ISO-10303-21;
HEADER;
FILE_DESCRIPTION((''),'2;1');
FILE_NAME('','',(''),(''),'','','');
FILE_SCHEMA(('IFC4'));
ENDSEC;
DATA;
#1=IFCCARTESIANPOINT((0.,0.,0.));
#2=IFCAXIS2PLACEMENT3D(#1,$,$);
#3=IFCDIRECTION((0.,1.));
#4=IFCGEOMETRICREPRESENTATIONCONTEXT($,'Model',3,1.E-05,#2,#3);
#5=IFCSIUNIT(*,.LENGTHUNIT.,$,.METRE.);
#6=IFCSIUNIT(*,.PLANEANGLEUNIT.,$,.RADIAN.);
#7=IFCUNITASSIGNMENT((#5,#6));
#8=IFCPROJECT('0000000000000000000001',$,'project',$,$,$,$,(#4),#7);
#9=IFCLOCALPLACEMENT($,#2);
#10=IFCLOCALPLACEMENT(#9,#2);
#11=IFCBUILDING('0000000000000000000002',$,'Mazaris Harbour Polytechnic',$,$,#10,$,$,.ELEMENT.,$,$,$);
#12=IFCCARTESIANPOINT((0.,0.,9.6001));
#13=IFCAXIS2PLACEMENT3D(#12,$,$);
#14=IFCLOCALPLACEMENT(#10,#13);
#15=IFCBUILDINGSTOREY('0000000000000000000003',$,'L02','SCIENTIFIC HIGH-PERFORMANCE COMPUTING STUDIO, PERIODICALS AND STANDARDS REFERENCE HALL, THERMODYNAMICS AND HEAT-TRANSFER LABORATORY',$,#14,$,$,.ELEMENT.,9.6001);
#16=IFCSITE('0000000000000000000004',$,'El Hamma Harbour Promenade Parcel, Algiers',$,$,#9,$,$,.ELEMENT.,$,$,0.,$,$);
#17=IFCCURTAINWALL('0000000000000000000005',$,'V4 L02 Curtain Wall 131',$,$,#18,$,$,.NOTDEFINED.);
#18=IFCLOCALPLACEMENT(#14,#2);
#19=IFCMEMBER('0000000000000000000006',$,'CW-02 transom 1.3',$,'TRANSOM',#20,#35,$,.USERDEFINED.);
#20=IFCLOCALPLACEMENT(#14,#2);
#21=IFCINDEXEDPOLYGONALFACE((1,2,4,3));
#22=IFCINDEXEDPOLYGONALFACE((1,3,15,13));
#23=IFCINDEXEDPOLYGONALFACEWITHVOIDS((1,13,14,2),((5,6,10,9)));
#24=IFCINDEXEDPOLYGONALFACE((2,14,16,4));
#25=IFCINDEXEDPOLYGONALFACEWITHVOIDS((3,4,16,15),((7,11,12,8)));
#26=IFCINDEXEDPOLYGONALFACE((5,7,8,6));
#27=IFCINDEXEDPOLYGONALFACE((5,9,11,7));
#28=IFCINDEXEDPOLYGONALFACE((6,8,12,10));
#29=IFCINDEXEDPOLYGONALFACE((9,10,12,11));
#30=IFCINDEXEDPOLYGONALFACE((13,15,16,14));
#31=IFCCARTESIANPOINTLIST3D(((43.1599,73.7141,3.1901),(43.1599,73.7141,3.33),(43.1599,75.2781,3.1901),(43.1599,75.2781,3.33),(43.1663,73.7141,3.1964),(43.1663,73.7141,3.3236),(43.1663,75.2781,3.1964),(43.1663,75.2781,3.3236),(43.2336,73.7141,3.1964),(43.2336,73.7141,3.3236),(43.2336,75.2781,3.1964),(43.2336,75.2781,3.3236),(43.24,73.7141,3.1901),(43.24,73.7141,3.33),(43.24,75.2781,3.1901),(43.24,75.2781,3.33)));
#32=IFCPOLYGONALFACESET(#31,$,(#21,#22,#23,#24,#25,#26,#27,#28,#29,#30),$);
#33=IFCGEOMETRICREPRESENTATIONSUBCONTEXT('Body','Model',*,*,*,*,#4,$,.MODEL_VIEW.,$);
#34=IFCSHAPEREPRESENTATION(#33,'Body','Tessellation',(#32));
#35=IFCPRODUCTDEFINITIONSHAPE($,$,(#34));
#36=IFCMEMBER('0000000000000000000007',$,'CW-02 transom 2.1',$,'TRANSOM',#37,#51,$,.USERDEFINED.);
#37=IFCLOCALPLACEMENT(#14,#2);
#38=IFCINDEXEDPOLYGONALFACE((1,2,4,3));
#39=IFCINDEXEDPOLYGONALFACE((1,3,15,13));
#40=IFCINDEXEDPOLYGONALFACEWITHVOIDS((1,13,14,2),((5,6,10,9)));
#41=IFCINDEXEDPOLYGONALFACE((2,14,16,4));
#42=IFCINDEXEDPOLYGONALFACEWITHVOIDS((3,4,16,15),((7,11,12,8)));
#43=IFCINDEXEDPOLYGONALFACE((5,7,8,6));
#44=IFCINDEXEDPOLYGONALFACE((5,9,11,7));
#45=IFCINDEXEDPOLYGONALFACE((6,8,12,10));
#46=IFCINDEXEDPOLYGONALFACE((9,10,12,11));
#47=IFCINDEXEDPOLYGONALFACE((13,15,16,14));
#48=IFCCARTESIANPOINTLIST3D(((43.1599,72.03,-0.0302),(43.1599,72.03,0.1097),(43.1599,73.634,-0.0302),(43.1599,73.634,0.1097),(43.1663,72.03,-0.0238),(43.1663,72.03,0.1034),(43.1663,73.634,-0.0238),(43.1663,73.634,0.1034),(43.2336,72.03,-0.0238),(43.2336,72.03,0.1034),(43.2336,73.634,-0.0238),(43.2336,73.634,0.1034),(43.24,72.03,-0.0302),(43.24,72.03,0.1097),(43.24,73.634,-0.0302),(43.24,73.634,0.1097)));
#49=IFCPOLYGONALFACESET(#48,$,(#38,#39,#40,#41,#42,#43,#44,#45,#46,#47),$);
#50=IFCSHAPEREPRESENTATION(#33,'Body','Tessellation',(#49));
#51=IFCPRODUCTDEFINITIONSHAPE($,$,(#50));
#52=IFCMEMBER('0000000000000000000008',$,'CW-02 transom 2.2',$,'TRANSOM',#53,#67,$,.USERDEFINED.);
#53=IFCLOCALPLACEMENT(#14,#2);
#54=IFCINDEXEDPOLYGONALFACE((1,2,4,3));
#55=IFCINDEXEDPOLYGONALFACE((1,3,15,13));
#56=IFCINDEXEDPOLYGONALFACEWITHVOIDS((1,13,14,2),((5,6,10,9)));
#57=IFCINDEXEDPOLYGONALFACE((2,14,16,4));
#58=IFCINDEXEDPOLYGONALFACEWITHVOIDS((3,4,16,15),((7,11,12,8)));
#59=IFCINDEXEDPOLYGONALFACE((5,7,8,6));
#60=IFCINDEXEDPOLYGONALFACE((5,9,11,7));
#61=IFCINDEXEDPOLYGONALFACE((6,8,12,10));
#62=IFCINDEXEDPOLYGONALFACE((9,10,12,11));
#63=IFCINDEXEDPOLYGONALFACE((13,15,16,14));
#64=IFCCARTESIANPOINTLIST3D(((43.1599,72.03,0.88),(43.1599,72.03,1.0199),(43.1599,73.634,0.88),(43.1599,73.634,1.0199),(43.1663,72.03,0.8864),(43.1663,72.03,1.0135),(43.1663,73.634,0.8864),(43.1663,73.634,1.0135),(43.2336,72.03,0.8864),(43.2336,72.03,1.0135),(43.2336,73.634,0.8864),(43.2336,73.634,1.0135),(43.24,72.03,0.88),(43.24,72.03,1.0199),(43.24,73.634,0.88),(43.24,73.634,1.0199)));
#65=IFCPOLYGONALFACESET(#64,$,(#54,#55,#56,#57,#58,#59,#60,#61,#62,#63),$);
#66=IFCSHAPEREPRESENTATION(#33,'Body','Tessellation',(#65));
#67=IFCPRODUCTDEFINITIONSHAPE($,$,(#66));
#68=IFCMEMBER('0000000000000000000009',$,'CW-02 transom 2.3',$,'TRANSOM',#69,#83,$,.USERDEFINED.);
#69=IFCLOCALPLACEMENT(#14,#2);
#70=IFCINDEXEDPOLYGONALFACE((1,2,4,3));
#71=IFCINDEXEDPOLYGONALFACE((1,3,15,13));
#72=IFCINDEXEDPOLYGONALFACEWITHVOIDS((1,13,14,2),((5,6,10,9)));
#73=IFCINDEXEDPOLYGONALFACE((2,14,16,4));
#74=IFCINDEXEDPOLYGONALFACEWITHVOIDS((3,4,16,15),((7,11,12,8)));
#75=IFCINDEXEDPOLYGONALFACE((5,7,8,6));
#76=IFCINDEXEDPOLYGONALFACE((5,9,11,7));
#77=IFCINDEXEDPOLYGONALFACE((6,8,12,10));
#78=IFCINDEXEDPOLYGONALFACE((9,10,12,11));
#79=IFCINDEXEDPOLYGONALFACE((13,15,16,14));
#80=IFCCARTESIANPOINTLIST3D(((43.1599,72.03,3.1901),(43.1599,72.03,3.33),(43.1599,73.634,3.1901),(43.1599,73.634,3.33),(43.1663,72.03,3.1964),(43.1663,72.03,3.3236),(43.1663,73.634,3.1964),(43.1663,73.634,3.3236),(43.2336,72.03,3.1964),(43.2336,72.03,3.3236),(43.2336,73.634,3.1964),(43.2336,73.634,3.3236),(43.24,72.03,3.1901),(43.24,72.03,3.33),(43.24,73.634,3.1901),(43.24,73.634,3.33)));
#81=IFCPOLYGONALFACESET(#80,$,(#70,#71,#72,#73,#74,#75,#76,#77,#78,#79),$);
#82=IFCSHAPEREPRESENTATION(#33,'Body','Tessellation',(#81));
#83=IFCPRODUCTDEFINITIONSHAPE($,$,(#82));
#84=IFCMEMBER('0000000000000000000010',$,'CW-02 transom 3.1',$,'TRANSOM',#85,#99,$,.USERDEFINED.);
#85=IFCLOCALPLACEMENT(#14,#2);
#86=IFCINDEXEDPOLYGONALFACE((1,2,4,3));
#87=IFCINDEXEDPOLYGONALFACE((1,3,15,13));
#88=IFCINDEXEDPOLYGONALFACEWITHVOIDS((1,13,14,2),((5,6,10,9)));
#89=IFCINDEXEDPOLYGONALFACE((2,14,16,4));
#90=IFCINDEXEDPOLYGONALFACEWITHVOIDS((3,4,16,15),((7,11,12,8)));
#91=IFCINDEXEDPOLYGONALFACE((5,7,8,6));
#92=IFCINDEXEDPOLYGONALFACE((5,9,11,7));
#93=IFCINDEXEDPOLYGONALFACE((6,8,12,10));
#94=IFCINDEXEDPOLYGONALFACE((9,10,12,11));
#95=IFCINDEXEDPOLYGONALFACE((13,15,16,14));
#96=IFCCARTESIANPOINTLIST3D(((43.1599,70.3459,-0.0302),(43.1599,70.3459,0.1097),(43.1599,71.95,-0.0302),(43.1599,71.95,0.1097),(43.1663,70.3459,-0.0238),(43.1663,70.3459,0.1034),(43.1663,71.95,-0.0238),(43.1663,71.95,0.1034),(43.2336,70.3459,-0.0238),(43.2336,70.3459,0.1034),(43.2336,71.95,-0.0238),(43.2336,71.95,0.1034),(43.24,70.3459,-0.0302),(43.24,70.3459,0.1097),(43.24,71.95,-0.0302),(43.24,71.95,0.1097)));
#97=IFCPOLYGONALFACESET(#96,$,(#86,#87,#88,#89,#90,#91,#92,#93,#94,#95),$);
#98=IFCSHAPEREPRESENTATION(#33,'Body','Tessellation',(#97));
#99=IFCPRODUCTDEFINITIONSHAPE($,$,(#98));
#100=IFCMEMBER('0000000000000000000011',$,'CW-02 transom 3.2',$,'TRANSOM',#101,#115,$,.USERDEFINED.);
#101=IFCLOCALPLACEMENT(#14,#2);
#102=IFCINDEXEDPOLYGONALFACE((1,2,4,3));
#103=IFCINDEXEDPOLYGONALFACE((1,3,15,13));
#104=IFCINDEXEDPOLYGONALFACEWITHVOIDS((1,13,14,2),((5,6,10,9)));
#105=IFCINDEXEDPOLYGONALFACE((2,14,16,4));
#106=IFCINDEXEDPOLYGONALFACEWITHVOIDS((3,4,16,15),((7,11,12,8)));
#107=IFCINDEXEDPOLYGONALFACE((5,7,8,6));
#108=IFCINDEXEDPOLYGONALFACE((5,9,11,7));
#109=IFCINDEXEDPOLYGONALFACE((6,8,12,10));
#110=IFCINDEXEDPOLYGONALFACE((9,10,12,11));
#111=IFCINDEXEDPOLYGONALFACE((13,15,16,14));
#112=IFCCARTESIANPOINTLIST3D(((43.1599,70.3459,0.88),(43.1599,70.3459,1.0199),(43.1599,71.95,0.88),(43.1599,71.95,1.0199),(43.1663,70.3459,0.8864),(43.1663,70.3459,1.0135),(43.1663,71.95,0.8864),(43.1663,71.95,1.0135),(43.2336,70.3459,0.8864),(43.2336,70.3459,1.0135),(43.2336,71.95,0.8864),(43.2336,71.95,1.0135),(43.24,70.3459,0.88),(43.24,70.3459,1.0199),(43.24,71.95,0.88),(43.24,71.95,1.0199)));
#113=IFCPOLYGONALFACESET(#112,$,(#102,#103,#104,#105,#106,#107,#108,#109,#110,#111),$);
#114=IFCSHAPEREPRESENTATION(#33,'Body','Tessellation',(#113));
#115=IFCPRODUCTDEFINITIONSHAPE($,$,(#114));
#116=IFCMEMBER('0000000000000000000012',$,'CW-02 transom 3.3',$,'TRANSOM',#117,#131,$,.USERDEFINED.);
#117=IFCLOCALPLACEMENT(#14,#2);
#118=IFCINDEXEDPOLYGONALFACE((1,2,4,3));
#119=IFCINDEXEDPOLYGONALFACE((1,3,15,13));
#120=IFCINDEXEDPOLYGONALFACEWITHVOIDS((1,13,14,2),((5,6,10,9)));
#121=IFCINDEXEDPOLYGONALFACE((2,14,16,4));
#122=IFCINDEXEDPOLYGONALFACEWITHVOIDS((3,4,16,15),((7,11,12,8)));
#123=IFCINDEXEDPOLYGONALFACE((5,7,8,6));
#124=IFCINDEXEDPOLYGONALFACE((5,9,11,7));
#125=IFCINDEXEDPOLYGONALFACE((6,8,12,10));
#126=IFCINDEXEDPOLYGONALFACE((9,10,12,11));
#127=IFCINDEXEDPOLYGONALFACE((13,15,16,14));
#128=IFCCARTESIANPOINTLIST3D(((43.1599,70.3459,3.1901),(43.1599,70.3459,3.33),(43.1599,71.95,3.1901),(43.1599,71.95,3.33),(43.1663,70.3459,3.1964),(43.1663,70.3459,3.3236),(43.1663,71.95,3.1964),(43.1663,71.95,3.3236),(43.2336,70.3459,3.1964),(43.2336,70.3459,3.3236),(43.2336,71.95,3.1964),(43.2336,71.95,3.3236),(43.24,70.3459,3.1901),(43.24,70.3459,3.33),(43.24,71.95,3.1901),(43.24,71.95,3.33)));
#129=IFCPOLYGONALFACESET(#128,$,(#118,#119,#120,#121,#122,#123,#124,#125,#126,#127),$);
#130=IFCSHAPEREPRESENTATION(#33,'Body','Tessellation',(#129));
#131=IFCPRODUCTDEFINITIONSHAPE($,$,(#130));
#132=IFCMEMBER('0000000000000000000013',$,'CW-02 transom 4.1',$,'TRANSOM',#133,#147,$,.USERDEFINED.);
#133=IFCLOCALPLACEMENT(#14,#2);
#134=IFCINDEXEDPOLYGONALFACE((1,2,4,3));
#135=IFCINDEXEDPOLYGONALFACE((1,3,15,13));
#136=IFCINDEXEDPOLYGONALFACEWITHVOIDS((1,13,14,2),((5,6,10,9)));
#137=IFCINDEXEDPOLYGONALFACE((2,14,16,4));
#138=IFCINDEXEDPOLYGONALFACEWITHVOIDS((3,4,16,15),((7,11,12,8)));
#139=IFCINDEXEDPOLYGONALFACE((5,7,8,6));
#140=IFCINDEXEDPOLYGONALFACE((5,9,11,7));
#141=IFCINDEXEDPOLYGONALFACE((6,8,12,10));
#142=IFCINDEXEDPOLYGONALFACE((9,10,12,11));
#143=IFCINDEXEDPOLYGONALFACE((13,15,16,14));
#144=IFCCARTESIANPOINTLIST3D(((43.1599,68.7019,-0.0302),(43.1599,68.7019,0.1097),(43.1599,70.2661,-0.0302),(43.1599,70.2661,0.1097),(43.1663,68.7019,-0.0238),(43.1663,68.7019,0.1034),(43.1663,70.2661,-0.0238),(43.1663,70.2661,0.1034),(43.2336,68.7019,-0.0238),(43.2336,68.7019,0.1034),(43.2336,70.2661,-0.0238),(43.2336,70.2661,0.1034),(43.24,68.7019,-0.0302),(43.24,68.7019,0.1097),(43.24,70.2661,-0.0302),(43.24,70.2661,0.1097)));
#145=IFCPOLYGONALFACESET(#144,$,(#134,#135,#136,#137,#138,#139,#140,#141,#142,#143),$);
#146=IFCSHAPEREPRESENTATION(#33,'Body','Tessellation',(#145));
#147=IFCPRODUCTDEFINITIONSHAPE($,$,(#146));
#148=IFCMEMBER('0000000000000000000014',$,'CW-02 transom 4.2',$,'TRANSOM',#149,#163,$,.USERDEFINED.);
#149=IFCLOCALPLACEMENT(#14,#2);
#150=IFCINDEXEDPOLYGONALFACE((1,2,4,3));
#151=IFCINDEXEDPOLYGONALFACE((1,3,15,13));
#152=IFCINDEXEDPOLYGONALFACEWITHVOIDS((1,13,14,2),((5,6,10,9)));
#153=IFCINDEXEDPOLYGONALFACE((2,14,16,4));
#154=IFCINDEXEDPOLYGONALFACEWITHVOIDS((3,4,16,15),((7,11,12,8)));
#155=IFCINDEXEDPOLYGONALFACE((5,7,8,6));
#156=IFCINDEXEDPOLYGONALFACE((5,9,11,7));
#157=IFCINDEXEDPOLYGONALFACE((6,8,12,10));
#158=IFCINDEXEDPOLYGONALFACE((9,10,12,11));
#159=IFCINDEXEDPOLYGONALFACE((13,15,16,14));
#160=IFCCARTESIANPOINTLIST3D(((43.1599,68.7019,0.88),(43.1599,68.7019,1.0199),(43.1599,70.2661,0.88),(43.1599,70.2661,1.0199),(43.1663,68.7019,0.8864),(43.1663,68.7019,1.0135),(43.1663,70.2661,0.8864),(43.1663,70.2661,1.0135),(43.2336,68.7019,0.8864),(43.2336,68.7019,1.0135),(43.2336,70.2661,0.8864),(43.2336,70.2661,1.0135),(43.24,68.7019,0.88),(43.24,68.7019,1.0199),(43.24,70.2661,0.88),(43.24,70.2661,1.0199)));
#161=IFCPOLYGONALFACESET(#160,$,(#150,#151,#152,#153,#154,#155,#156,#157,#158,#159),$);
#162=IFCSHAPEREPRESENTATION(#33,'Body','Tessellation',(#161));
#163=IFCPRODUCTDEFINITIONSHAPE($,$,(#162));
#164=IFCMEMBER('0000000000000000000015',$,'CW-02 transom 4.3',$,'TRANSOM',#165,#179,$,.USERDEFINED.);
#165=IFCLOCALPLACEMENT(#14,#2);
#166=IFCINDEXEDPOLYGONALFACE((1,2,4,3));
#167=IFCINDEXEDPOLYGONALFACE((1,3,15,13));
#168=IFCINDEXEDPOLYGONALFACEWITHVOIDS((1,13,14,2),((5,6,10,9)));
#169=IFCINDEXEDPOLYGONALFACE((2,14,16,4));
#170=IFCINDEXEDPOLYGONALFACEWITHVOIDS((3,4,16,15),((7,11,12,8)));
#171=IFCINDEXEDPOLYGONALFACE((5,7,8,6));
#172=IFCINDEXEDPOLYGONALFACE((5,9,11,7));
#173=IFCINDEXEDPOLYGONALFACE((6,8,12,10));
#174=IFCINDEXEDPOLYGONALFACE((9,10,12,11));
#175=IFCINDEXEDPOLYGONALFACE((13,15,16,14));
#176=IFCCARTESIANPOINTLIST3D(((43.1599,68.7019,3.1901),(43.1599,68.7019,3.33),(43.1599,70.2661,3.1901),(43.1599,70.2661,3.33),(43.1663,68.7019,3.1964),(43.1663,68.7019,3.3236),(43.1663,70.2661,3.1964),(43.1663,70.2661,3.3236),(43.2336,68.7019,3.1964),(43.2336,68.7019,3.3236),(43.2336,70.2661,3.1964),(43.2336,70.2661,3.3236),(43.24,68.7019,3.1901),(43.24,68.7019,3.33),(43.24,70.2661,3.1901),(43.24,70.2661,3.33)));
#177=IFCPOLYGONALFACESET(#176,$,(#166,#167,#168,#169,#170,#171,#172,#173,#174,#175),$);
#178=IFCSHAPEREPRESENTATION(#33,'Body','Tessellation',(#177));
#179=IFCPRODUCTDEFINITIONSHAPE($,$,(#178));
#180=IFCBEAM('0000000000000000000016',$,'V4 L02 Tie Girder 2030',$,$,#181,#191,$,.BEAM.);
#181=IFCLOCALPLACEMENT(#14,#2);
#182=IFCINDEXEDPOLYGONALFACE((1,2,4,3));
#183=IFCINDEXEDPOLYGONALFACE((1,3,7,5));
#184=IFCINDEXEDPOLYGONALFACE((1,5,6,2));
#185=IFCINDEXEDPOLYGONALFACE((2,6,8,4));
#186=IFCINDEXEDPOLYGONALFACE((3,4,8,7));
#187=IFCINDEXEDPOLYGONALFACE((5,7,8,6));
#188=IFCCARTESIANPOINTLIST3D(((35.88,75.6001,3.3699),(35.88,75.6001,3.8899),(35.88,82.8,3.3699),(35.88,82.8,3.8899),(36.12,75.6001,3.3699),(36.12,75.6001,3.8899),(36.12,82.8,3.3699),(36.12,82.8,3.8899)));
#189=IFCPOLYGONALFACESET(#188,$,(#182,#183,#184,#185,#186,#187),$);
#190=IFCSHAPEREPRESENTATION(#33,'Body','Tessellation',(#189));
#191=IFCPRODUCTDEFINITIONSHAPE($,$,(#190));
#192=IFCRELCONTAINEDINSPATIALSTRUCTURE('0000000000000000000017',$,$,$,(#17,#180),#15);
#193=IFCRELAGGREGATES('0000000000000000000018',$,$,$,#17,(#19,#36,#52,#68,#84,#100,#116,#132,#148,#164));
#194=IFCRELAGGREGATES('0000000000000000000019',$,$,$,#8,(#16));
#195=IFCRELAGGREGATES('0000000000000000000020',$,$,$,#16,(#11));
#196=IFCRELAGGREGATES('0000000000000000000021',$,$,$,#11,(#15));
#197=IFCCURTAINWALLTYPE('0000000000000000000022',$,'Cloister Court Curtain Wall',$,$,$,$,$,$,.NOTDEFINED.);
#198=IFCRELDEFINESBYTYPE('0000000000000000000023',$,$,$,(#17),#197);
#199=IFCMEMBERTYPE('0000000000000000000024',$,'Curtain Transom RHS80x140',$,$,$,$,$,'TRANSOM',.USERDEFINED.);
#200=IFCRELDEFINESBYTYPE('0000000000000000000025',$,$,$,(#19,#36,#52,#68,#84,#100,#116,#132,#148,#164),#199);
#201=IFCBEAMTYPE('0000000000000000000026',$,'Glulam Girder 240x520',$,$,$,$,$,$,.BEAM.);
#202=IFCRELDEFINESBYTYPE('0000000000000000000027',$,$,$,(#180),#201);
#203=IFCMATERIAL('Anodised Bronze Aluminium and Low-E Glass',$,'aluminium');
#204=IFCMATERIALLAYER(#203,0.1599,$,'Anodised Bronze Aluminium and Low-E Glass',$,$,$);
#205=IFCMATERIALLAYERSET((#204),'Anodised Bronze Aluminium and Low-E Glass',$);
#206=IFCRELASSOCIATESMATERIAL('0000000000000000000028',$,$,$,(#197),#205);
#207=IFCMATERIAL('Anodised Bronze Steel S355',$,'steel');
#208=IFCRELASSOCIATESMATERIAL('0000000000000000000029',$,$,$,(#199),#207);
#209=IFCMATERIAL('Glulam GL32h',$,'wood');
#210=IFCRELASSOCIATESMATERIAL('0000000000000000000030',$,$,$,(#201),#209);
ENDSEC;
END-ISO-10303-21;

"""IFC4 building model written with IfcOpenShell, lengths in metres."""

from ifc_helpers import new_model, si_unit, direction, frame, origin, origin_2d, place, context, subcontext, project, spatial, rectangle, hollow_rectangle, extrude, material, layer, layer_set, material_profile, profile_set, type_object, element, aggregate, save


model = new_model("IFC4")

# Units and contexts
model_context = context("Model", 3, precision=1e-05, world=origin(), true_north=direction((0.0, 1.0)))
body_context = subcontext(model_context, "Body", "Model", "MODEL_VIEW")
ifc_project = project(units=[si_unit("LENGTHUNIT", "METRE"), si_unit("PLANEANGLEUNIT", "RADIAN")], contexts=[model_context])

# Site, building, storey
site_placement = place(None, origin())
site = spatial("IfcSite", under=ifc_project, at=site_placement, Name="El Hamma Harbour Promenade Parcel, Algiers", CompositionType="ELEMENT", RefElevation=0.0)
building_placement = place(site_placement, origin())
building = spatial("IfcBuilding", under=site, at=building_placement, Name="Mazaris Harbour Polytechnic", CompositionType="ELEMENT")
storey_placement = place(building_placement, frame((0.0, 0.0, 9.6001)))
storey = spatial("IfcBuildingStorey", under=building, at=storey_placement, Name="L02", Description="SCIENTIFIC HIGH-PERFORMANCE COMPUTING STUDIO, PERIODICALS AND STANDARDS REFERENCE HALL, THERMODYNAMICS AND HEAT-TRANSFER LABORATORY", CompositionType="ELEMENT", Elevation=9.6001)

# Curtain wall, members
ifc_material_1 = material(Name="Anodised Bronze Aluminium and Low-E Glass", Category="aluminium")
ifc_layer_1 = layer(ifc_material_1, 0.1599, Name="Anodised Bronze Aluminium and Low-E Glass")
ifc_layer_set_1 = layer_set([ifc_layer_1], Name="Anodised Bronze Aluminium and Low-E Glass")
curtain_wall_type = type_object("IfcCurtainWallType", Name="Cloister Court Curtain Wall", PredefinedType="NOTDEFINED", material=ifc_layer_set_1)
curtain_wall_placement = place(storey_placement, origin())
curtain_wall = element("IfcCurtainWall", 1, at=curtain_wall_placement, inside=storey, type_object=curtain_wall_type, Name="V4 L02 Curtain Wall 131", PredefinedType="NOTDEFINED")
ifc_material_2 = material(Name="Anodised Bronze Steel S355", Category="steel")
ifc_material_profile_1 = material_profile(ifc_material_2, hollow_rectangle(XDim=0.0801, YDim=0.1399, WallThickness=0.0063, at=origin_2d()), Name="RHS 80x140x6.3")
ifc_profile_set_1 = profile_set([ifc_material_profile_1], Name="Anodised Bronze Steel S355")
member_type_1 = type_object("IfcMemberType", Name="Curtain Transom RHS80x140", ElementType="TRANSOM", PredefinedType="USERDEFINED", material=ifc_profile_set_1)
member_1_placement = place(storey_placement, frame((43.2, 75.2781, 3.26), z_axis=(0.0, -1.0, 0.0), x_axis=(1.0, 0.0, 0.0)))
member_1 = element("IfcMember", 2, at=member_1_placement, type_object=member_type_1, Name="CW-02 transom 1.3", ObjectType="TRANSOM", PredefinedType="USERDEFINED", context=body_context, shape_type="SweptSolid", body=[
    extrude(hollow_rectangle(XDim=0.0801, YDim=0.1399, WallThickness=0.0063, at=origin_2d()), origin(), (0.0, 0.0, 1.0), 1.564),
])
member_2_placement = place(storey_placement, frame((43.2, 73.634, 0.0398), z_axis=(0.0, -1.0, 0.0), x_axis=(1.0, 0.0, 0.0)))
member_2 = element("IfcMember", 3, at=member_2_placement, type_object=member_type_1, Name="CW-02 transom 2.1", ObjectType="TRANSOM", PredefinedType="USERDEFINED", context=body_context, shape_type="SweptSolid", body=[
    extrude(hollow_rectangle(XDim=0.0801, YDim=0.1399, WallThickness=0.0063, at=origin_2d()), origin(), (0.0, 0.0, 1.0), 1.604),
])
member_3_placement = place(storey_placement, frame((43.2, 73.634, 0.95), z_axis=(0.0, -1.0, 0.0), x_axis=(1.0, 0.0, 0.0)))
member_3 = element("IfcMember", 4, at=member_3_placement, type_object=member_type_1, Name="CW-02 transom 2.2", ObjectType="TRANSOM", PredefinedType="USERDEFINED", context=body_context, shape_type="SweptSolid", body=[
    extrude(hollow_rectangle(XDim=0.0801, YDim=0.1399, WallThickness=0.0063, at=origin_2d()), origin(), (0.0, 0.0, 1.0), 1.604),
])
member_4_placement = place(storey_placement, frame((43.2, 73.634, 3.26), z_axis=(0.0, -1.0, 0.0), x_axis=(1.0, 0.0, 0.0)))
member_4 = element("IfcMember", 5, at=member_4_placement, type_object=member_type_1, Name="CW-02 transom 2.3", ObjectType="TRANSOM", PredefinedType="USERDEFINED", context=body_context, shape_type="SweptSolid", body=[
    extrude(hollow_rectangle(XDim=0.0801, YDim=0.1399, WallThickness=0.0063, at=origin_2d()), origin(), (0.0, 0.0, 1.0), 1.604),
])
member_5_placement = place(storey_placement, frame((43.2, 71.95, 0.0398), z_axis=(0.0, -1.0, 0.0), x_axis=(1.0, 0.0, 0.0)))
member_5 = element("IfcMember", 6, at=member_5_placement, type_object=member_type_1, Name="CW-02 transom 3.1", ObjectType="TRANSOM", PredefinedType="USERDEFINED", context=body_context, shape_type="SweptSolid", body=[
    extrude(hollow_rectangle(XDim=0.0801, YDim=0.1399, WallThickness=0.0063, at=origin_2d()), origin(), (0.0, 0.0, 1.0), 1.604),
])
member_6_placement = place(storey_placement, frame((43.2, 71.95, 0.95), z_axis=(0.0, -1.0, 0.0), x_axis=(1.0, 0.0, 0.0)))
member_6 = element("IfcMember", 7, at=member_6_placement, type_object=member_type_1, Name="CW-02 transom 3.2", ObjectType="TRANSOM", PredefinedType="USERDEFINED", context=body_context, shape_type="SweptSolid", body=[
    extrude(hollow_rectangle(XDim=0.0801, YDim=0.1399, WallThickness=0.0063, at=origin_2d()), origin(), (0.0, 0.0, 1.0), 1.604),
])
member_7_placement = place(storey_placement, frame((43.2, 71.95, 3.26), z_axis=(0.0, -1.0, 0.0), x_axis=(1.0, 0.0, 0.0)))
member_7 = element("IfcMember", 8, at=member_7_placement, type_object=member_type_1, Name="CW-02 transom 3.3", ObjectType="TRANSOM", PredefinedType="USERDEFINED", context=body_context, shape_type="SweptSolid", body=[
    extrude(hollow_rectangle(XDim=0.0801, YDim=0.1399, WallThickness=0.0063, at=origin_2d()), origin(), (0.0, 0.0, 1.0), 1.604),
])
member_8_placement = place(storey_placement, frame((43.2, 70.2661, 0.0398), z_axis=(0.0, -1.0, 0.0), x_axis=(1.0, 0.0, 0.0)))
member_8 = element("IfcMember", 9, at=member_8_placement, type_object=member_type_1, Name="CW-02 transom 4.1", ObjectType="TRANSOM", PredefinedType="USERDEFINED", context=body_context, shape_type="SweptSolid", body=[
    extrude(hollow_rectangle(XDim=0.0801, YDim=0.1399, WallThickness=0.0063, at=origin_2d()), origin(), (0.0, 0.0, 1.0), 1.5642),
])
member_9_placement = place(storey_placement, frame((43.2, 70.2661, 0.95), z_axis=(0.0, -1.0, 0.0), x_axis=(1.0, 0.0, 0.0)))
member_9 = element("IfcMember", 10, at=member_9_placement, type_object=member_type_1, Name="CW-02 transom 4.2", ObjectType="TRANSOM", PredefinedType="USERDEFINED", context=body_context, shape_type="SweptSolid", body=[
    extrude(hollow_rectangle(XDim=0.0801, YDim=0.1399, WallThickness=0.0063, at=origin_2d()), origin(), (0.0, 0.0, 1.0), 1.5642),
])
member_10_placement = place(storey_placement, frame((43.2, 70.2661, 3.26), z_axis=(0.0, -1.0, 0.0), x_axis=(1.0, 0.0, 0.0)))
member_10 = element("IfcMember", 11, at=member_10_placement, type_object=member_type_1, Name="CW-02 transom 4.3", ObjectType="TRANSOM", PredefinedType="USERDEFINED", context=body_context, shape_type="SweptSolid", body=[
    extrude(hollow_rectangle(XDim=0.0801, YDim=0.1399, WallThickness=0.0063, at=origin_2d()), origin(), (0.0, 0.0, 1.0), 1.5642),
])

# Beam
ifc_material_3 = material(Name="Glulam GL32h", Category="wood")
ifc_material_profile_2 = material_profile(ifc_material_3, rectangle(XDim=0.24, YDim=0.52, at=origin_2d()), Name="RECT240x520")
ifc_profile_set_2 = profile_set([ifc_material_profile_2], Name="Glulam GL32h")
beam_type_1 = type_object("IfcBeamType", Name="Glulam Girder 240x520", PredefinedType="BEAM", material=ifc_profile_set_2)
beam_1_placement = place(storey_placement, frame((36.0, 75.6001, 3.6299), z_axis=(0.0, 1.0, 0.0), x_axis=(-1.0, 0.0, 0.0)))
element("IfcBeam", 12, at=beam_1_placement, inside=storey, type_object=beam_type_1, Name="V4 L02 Tie Girder 2030", PredefinedType="BEAM", context=body_context, shape_type="SweptSolid", body=[
    extrude(rectangle(XDim=0.24, YDim=0.52, at=origin_2d()), origin(), (0.0, 0.0, 1.0), 7.2),
])

aggregate(curtain_wall, [member_1, member_2, member_3, member_4, member_5, member_6, member_7, member_8, member_9, member_10])

save(model, "model.ifc")
